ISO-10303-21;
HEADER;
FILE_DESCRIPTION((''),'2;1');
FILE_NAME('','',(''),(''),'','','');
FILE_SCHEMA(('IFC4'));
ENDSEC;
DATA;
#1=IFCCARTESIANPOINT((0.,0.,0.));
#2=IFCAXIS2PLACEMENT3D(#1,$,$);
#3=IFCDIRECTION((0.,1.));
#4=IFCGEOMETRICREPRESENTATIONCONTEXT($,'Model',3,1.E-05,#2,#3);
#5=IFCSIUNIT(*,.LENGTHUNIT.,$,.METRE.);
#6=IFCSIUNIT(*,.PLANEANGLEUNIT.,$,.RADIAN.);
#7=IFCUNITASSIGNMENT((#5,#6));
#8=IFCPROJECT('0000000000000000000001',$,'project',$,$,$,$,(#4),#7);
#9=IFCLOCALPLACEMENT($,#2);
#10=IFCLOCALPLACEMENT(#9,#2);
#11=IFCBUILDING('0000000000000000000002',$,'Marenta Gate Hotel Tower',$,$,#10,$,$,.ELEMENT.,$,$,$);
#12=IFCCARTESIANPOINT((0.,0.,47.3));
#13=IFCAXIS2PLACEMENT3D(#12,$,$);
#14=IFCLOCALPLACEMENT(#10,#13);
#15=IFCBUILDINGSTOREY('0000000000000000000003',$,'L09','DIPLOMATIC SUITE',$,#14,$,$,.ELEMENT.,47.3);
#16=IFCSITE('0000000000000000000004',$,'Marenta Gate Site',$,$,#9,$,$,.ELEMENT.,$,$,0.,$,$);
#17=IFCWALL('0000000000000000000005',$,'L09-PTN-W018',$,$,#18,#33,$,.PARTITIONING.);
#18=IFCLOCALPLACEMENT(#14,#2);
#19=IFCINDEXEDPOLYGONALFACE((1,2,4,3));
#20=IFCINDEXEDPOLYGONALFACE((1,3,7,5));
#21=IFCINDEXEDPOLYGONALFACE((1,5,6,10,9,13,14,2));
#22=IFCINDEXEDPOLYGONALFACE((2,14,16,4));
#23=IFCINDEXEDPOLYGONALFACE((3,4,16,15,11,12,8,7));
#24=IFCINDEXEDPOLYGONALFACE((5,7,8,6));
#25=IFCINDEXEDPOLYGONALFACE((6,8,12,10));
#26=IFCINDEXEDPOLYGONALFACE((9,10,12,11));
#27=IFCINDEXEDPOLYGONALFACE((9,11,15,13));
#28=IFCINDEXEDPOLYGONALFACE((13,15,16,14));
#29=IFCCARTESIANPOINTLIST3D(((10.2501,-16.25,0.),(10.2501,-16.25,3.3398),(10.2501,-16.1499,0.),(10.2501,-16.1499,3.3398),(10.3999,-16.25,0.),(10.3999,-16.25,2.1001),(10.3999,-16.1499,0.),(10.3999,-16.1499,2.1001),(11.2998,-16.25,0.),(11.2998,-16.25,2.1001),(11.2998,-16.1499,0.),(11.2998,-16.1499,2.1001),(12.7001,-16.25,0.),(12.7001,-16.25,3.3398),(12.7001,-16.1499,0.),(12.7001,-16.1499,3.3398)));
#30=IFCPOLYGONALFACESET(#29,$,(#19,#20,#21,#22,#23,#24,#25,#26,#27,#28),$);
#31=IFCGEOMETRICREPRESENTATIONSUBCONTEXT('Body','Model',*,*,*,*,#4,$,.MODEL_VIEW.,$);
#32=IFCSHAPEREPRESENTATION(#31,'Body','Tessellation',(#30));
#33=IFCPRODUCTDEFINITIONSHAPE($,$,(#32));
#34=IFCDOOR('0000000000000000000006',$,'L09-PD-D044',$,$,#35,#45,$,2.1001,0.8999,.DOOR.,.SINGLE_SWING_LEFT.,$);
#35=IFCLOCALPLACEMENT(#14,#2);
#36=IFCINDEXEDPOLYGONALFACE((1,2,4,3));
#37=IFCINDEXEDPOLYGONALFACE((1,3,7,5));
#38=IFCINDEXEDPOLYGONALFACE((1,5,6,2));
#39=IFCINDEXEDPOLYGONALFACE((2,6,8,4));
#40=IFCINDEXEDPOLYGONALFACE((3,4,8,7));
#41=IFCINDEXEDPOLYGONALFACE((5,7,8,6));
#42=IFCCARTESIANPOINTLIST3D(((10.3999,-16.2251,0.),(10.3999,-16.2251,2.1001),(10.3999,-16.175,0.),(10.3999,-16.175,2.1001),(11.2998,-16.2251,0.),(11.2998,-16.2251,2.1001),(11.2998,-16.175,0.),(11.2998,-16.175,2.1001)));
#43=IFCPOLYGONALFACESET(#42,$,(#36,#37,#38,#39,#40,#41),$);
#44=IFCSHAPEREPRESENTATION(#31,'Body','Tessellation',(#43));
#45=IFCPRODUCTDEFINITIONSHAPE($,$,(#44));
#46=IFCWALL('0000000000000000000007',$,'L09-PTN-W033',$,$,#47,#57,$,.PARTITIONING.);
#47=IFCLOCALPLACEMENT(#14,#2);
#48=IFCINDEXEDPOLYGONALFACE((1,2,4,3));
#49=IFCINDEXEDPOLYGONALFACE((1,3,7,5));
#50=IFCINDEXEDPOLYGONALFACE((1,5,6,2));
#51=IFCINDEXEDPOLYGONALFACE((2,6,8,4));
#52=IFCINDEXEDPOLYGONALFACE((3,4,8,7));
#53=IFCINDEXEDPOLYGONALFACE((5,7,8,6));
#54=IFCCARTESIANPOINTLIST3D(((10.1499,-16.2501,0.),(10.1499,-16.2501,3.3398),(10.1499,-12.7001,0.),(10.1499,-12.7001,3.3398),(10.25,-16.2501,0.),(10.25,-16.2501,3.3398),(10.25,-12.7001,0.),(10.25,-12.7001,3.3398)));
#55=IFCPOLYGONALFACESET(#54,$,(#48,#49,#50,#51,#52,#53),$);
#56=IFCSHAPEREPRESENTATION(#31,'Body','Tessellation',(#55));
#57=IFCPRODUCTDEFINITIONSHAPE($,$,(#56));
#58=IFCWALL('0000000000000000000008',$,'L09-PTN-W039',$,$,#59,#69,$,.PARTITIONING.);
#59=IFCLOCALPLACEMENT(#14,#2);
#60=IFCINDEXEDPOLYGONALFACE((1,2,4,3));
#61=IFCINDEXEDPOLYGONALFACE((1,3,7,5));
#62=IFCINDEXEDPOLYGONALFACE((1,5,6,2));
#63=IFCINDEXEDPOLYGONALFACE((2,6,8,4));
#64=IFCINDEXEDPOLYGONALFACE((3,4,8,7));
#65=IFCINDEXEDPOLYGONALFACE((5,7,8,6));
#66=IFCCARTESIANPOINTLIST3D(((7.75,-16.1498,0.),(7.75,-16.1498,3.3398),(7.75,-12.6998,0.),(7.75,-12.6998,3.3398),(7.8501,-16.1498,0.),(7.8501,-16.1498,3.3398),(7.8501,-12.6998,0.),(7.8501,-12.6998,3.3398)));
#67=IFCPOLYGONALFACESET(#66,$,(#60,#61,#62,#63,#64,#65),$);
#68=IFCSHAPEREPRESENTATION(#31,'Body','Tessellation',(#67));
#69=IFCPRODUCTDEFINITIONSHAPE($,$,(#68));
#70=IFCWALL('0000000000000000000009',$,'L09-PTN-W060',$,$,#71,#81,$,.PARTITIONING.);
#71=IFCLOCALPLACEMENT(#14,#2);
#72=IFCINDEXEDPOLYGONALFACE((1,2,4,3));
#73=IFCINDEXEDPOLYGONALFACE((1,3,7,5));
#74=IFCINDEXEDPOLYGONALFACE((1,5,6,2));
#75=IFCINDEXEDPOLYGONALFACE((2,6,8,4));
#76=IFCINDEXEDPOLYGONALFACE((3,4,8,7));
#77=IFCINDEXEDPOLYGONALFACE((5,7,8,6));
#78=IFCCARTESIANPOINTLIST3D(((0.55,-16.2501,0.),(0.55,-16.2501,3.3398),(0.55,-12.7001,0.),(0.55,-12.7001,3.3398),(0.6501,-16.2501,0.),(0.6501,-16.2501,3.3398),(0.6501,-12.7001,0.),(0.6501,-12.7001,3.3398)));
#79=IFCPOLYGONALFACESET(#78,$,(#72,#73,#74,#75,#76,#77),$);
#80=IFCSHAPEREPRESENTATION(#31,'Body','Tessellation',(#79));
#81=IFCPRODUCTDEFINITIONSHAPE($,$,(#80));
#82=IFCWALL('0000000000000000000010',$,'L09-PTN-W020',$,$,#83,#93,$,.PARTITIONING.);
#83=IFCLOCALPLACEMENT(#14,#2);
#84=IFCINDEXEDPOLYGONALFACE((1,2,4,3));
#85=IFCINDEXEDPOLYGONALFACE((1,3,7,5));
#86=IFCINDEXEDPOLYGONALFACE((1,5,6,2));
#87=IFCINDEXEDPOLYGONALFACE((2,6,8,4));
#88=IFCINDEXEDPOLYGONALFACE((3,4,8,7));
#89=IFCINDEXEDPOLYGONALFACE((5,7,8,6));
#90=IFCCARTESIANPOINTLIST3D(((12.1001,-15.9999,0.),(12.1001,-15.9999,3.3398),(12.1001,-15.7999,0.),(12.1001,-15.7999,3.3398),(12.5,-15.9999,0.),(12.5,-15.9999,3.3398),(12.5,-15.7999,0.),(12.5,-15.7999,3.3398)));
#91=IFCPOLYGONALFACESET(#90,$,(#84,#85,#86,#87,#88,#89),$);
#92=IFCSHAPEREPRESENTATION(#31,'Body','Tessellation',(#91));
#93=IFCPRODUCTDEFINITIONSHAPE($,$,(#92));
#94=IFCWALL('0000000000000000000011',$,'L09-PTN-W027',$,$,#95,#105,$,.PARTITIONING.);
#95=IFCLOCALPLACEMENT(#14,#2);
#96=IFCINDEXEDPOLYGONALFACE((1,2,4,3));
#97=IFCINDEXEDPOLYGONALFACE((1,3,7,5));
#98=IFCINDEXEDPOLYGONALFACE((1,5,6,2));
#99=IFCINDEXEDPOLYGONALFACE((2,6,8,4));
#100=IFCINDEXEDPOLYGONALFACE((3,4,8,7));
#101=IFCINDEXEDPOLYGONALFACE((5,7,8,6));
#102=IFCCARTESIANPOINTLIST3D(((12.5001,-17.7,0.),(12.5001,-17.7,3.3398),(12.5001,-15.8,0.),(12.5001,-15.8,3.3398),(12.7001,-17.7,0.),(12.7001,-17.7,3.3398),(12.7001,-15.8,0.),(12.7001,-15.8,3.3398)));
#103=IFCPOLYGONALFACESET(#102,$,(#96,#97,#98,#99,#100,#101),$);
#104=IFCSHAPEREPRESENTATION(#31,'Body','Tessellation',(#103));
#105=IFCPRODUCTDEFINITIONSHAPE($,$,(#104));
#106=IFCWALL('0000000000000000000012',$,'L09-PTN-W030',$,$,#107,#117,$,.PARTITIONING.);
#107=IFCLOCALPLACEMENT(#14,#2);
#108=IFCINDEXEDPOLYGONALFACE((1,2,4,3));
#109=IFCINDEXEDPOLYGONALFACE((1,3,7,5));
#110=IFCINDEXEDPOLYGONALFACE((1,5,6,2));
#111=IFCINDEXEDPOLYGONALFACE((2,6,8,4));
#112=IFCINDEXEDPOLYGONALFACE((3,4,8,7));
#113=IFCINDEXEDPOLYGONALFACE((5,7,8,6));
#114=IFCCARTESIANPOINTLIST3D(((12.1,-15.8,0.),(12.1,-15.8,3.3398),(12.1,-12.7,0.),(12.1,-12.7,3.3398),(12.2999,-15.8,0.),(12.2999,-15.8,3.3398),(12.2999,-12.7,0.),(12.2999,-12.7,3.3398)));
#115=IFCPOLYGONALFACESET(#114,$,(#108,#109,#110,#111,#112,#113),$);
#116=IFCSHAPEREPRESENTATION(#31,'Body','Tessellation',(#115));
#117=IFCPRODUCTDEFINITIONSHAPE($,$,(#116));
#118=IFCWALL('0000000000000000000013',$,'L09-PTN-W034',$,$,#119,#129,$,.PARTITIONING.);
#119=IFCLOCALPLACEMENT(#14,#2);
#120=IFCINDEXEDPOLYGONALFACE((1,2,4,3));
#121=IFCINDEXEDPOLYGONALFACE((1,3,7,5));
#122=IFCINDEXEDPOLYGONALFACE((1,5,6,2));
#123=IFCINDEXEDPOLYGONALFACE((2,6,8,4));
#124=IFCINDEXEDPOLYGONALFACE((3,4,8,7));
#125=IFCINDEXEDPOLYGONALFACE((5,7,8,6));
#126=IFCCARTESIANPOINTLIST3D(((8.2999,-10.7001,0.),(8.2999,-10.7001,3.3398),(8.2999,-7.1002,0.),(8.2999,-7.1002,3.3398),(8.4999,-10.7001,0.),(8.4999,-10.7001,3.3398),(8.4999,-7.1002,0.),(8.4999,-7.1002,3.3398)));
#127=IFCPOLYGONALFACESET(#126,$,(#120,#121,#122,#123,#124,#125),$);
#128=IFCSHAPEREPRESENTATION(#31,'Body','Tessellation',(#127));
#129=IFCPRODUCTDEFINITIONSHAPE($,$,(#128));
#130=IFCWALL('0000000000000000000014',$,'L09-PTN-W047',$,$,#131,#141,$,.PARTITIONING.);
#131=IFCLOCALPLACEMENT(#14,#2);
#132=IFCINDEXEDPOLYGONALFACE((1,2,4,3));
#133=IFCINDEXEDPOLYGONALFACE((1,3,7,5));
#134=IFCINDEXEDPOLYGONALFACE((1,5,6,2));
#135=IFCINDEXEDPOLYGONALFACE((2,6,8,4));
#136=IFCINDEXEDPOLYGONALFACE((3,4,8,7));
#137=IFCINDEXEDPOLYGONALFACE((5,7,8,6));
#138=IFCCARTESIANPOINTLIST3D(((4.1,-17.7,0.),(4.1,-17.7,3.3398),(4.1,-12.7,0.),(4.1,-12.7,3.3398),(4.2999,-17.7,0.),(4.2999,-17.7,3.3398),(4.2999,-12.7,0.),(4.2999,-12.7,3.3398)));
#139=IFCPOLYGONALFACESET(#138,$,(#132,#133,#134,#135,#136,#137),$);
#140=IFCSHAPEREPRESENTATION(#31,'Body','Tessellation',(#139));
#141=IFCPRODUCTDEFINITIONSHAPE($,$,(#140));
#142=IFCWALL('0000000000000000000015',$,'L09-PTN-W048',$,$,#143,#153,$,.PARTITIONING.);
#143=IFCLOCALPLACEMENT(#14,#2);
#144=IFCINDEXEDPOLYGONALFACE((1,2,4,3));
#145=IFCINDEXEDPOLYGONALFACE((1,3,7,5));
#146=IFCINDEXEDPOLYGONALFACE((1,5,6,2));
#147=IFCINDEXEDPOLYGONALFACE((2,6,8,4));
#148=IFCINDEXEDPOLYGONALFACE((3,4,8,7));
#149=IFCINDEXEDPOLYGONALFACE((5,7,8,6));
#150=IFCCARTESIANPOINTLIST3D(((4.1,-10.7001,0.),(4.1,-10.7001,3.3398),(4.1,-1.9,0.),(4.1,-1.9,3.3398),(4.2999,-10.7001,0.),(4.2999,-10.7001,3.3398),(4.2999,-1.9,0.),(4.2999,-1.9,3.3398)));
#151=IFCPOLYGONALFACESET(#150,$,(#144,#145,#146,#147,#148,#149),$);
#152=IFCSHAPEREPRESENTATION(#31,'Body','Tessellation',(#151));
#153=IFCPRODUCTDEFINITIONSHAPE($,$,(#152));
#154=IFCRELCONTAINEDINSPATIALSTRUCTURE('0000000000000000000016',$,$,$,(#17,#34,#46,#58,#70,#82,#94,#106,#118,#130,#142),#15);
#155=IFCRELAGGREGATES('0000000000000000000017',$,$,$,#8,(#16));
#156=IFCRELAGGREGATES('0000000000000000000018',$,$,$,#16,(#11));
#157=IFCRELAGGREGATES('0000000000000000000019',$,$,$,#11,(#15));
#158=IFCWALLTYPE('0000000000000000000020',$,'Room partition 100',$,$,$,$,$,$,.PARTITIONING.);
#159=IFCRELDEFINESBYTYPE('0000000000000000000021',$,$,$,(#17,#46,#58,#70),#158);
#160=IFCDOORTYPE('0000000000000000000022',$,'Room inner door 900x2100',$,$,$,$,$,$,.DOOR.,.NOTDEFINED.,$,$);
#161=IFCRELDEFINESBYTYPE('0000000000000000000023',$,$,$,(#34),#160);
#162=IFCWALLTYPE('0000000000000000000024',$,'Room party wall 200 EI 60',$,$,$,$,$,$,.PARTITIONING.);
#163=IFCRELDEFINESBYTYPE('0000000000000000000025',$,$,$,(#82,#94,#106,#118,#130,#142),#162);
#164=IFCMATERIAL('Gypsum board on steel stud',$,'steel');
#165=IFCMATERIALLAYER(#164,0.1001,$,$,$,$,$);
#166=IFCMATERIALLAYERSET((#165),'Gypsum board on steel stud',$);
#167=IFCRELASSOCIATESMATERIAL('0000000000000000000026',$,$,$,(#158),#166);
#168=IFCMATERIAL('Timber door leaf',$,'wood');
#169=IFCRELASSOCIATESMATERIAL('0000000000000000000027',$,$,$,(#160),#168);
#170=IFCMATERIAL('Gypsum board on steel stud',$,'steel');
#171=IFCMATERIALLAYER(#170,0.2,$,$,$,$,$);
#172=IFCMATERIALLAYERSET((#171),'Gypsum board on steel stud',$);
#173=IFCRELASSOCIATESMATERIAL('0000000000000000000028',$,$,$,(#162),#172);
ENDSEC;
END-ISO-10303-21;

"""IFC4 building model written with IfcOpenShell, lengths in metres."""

from ifc_helpers import new_model, si_unit, direction, frame, frame_2d, origin, place, context, subcontext, project, spatial, rectangle, extrude, material, layer, layer_set, type_object, element, fill, save


model = new_model("IFC4")

# Units and contexts
model_context = context("Model", 3, precision=1e-05, world=origin(), true_north=direction((0.0, 1.0)))
body_context = subcontext(model_context, "Body", "Model", "MODEL_VIEW")
ifc_project = project(units=[si_unit("LENGTHUNIT", "METRE"), si_unit("PLANEANGLEUNIT", "RADIAN")], contexts=[model_context])

# Site, building, storey
site_placement = place(None, origin())
site = spatial("IfcSite", under=ifc_project, at=site_placement, Name="Marenta Gate Site", CompositionType="ELEMENT", RefElevation=0.0)
building_placement = place(site_placement, origin())
building = spatial("IfcBuilding", under=site, at=building_placement, Name="Marenta Gate Hotel Tower", CompositionType="ELEMENT")
storey_placement = place(building_placement, frame((0.0, 0.0, 47.3)))
storey = spatial("IfcBuildingStorey", under=building, at=storey_placement, Name="L09", Description="DIPLOMATIC SUITE", CompositionType="ELEMENT", Elevation=47.3)

# Shared definitions
ifc_material_1 = material(Name="Gypsum board on steel stud", Category="steel")
ifc_layer_1 = layer(ifc_material_1, 0.1001)
ifc_layer_set_1 = layer_set([ifc_layer_1], Name="Gypsum board on steel stud")
wall_type_1 = type_object("IfcWallType", Name="Room partition 100", PredefinedType="PARTITIONING", material=ifc_layer_set_1)

# Wall, opening, door
wall_1_placement = place(storey_placement, frame((10.25, -16.2, 0.0), z_axis=(0.0, 0.0, 1.0), x_axis=(1.0, 0.0, 0.0)))
wall_1 = element("IfcWall", 1, at=wall_1_placement, inside=storey, type_object=wall_type_1, Name="L09-PTN-W018", PredefinedType="PARTITIONING", context=body_context, shape_type="SweptSolid", body=[
    extrude(rectangle(XDim=2.45, YDim=0.1001, at=frame_2d((1.2251, 0.0))), origin(), (0.0, 0.0, 1.0), 3.3398),
])
opening_1_placement = place(wall_1_placement, frame((0.1499, 0.0, 0.0)))
opening_1 = element("IfcOpeningElement", 2, at=opening_1_placement, cuts=wall_1, PredefinedType="OPENING", context=body_context, shape_type="SweptSolid", body=[
    extrude(rectangle(XDim=0.8999, YDim=2.1001, at=frame_2d((0.45, 1.05))), frame((0.0, 0.05, 0.0), z_axis=(0.0, -1.0, 0.0), x_axis=(1.0, 0.0, 0.0)), (0.0, 0.0, 1.0), 0.1001),
])
ifc_material_2 = material(Name="Timber door leaf", Category="wood")
door_type_1 = type_object("IfcDoorType", Name="Room inner door 900x2100", OperationType="NOTDEFINED", PredefinedType="DOOR", material=ifc_material_2)
door_1_placement = place(opening_1_placement, origin())
door_1 = element("IfcDoor", 3, at=door_1_placement, inside=storey, type_object=door_type_1, Name="L09-PD-D044", OperationType="SINGLE_SWING_LEFT", OverallHeight=2.1001, OverallWidth=0.8999, PredefinedType="DOOR", context=body_context, shape_type="SweptSolid", body=[
    extrude(rectangle(XDim=0.8999, YDim=2.1001, at=frame_2d((0.45, 1.05))), frame((0.0, 0.0249, 0.0), z_axis=(0.0, -1.0, 0.0), x_axis=(1.0, 0.0, 0.0)), (0.0, 0.0, 1.0), 0.05),
])
fill(opening_1, door_1)

# Walls
wall_2_placement = place(storey_placement, frame((10.2, -16.25, 0.0), z_axis=(0.0, 0.0, 1.0), x_axis=(0.0, 1.0, 0.0)))
element("IfcWall", 4, at=wall_2_placement, inside=storey, type_object=wall_type_1, Name="L09-PTN-W033", PredefinedType="PARTITIONING", context=body_context, shape_type="SweptSolid", body=[
    extrude(rectangle(XDim=3.55, YDim=0.1001, at=frame_2d((1.7749, 0.0))), origin(), (0.0, 0.0, 1.0), 3.3398),
])
wall_3_placement = place(storey_placement, frame((7.8, -16.1499, 0.0), z_axis=(0.0, 0.0, 1.0), x_axis=(0.0, 1.0, 0.0)))
element("IfcWall", 5, at=wall_3_placement, inside=storey, type_object=wall_type_1, Name="L09-PTN-W039", PredefinedType="PARTITIONING", context=body_context, shape_type="SweptSolid", body=[
    extrude(rectangle(XDim=3.45, YDim=0.1001, at=frame_2d((1.7251, 0.0))), origin(), (0.0, 0.0, 1.0), 3.3398),
])
wall_4_placement = place(storey_placement, frame((0.6001, -16.25, 0.0), z_axis=(0.0, 0.0, 1.0), x_axis=(0.0, 1.0, 0.0)))
element("IfcWall", 6, at=wall_4_placement, inside=storey, type_object=wall_type_1, Name="L09-PTN-W060", PredefinedType="PARTITIONING", context=body_context, shape_type="SweptSolid", body=[
    extrude(rectangle(XDim=3.55, YDim=0.1001, at=frame_2d((1.7749, 0.0))), origin(), (0.0, 0.0, 1.0), 3.3398),
])
ifc_material_3 = material(Name="Gypsum board on steel stud", Category="steel")
ifc_layer_2 = layer(ifc_material_3, 0.2)
ifc_layer_set_2 = layer_set([ifc_layer_2], Name="Gypsum board on steel stud")
wall_type_2 = type_object("IfcWallType", Name="Room party wall 200 EI 60", PredefinedType="PARTITIONING", material=ifc_layer_set_2)
wall_5_placement = place(storey_placement, frame((12.1001, -15.8999, 0.0), z_axis=(0.0, 0.0, 1.0), x_axis=(1.0, 0.0, 0.0)))
element("IfcWall", 7, at=wall_5_placement, inside=storey, type_object=wall_type_2, Name="L09-PTN-W020", PredefinedType="PARTITIONING", context=body_context, shape_type="SweptSolid", body=[
    extrude(rectangle(XDim=0.3999, YDim=0.2, at=frame_2d((0.2, 0.0))), origin(), (0.0, 0.0, 1.0), 3.3398),
])
wall_6_placement = place(storey_placement, frame((12.6001, -17.7, 0.0), z_axis=(0.0, 0.0, 1.0), x_axis=(0.0, 1.0, 0.0)))
element("IfcWall", 8, at=wall_6_placement, inside=storey, type_object=wall_type_2, Name="L09-PTN-W027", PredefinedType="PARTITIONING", context=body_context, shape_type="SweptSolid", body=[
    extrude(rectangle(XDim=1.8999, YDim=0.2, at=frame_2d((0.95, 0.0))), origin(), (0.0, 0.0, 1.0), 3.3398),
])
wall_7_placement = place(storey_placement, frame((12.2, -15.8, 0.0), z_axis=(0.0, 0.0, 1.0), x_axis=(0.0, 1.0, 0.0)))
element("IfcWall", 9, at=wall_7_placement, inside=storey, type_object=wall_type_2, Name="L09-PTN-W030", PredefinedType="PARTITIONING", context=body_context, shape_type="SweptSolid", body=[
    extrude(rectangle(XDim=3.1001, YDim=0.2, at=frame_2d((1.55, 0.0))), origin(), (0.0, 0.0, 1.0), 3.3398),
])
wall_8_placement = place(storey_placement, frame((8.3999, -10.7, 0.0), z_axis=(0.0, 0.0, 1.0), x_axis=(0.0, 1.0, 0.0)))
element("IfcWall", 10, at=wall_8_placement, inside=storey, type_object=wall_type_2, Name="L09-PTN-W034", PredefinedType="PARTITIONING", context=body_context, shape_type="SweptSolid", body=[
    extrude(rectangle(XDim=3.5999, YDim=0.2, at=frame_2d((1.7998, 0.0))), origin(), (0.0, 0.0, 1.0), 3.3398),
])
wall_9_placement = place(storey_placement, frame((4.2, -17.7, 0.0), z_axis=(0.0, 0.0, 1.0), x_axis=(0.0, 1.0, 0.0)))
element("IfcWall", 11, at=wall_9_placement, inside=storey, type_object=wall_type_2, Name="L09-PTN-W047", PredefinedType="PARTITIONING", context=body_context, shape_type="SweptSolid", body=[
    extrude(rectangle(XDim=5.0, YDim=0.2, at=frame_2d((2.5, 0.0))), origin(), (0.0, 0.0, 1.0), 3.3398),
])
wall_10_placement = place(storey_placement, frame((4.2, -10.7, 0.0), z_axis=(0.0, 0.0, 1.0), x_axis=(0.0, 1.0, 0.0)))
element("IfcWall", 12, at=wall_10_placement, inside=storey, type_object=wall_type_2, Name="L09-PTN-W048", PredefinedType="PARTITIONING", context=body_context, shape_type="SweptSolid", body=[
    extrude(rectangle(XDim=8.8, YDim=0.2, at=frame_2d((4.3999, 0.0))), origin(), (0.0, 0.0, 1.0), 3.3398),
])

save(model, "model.ifc")
